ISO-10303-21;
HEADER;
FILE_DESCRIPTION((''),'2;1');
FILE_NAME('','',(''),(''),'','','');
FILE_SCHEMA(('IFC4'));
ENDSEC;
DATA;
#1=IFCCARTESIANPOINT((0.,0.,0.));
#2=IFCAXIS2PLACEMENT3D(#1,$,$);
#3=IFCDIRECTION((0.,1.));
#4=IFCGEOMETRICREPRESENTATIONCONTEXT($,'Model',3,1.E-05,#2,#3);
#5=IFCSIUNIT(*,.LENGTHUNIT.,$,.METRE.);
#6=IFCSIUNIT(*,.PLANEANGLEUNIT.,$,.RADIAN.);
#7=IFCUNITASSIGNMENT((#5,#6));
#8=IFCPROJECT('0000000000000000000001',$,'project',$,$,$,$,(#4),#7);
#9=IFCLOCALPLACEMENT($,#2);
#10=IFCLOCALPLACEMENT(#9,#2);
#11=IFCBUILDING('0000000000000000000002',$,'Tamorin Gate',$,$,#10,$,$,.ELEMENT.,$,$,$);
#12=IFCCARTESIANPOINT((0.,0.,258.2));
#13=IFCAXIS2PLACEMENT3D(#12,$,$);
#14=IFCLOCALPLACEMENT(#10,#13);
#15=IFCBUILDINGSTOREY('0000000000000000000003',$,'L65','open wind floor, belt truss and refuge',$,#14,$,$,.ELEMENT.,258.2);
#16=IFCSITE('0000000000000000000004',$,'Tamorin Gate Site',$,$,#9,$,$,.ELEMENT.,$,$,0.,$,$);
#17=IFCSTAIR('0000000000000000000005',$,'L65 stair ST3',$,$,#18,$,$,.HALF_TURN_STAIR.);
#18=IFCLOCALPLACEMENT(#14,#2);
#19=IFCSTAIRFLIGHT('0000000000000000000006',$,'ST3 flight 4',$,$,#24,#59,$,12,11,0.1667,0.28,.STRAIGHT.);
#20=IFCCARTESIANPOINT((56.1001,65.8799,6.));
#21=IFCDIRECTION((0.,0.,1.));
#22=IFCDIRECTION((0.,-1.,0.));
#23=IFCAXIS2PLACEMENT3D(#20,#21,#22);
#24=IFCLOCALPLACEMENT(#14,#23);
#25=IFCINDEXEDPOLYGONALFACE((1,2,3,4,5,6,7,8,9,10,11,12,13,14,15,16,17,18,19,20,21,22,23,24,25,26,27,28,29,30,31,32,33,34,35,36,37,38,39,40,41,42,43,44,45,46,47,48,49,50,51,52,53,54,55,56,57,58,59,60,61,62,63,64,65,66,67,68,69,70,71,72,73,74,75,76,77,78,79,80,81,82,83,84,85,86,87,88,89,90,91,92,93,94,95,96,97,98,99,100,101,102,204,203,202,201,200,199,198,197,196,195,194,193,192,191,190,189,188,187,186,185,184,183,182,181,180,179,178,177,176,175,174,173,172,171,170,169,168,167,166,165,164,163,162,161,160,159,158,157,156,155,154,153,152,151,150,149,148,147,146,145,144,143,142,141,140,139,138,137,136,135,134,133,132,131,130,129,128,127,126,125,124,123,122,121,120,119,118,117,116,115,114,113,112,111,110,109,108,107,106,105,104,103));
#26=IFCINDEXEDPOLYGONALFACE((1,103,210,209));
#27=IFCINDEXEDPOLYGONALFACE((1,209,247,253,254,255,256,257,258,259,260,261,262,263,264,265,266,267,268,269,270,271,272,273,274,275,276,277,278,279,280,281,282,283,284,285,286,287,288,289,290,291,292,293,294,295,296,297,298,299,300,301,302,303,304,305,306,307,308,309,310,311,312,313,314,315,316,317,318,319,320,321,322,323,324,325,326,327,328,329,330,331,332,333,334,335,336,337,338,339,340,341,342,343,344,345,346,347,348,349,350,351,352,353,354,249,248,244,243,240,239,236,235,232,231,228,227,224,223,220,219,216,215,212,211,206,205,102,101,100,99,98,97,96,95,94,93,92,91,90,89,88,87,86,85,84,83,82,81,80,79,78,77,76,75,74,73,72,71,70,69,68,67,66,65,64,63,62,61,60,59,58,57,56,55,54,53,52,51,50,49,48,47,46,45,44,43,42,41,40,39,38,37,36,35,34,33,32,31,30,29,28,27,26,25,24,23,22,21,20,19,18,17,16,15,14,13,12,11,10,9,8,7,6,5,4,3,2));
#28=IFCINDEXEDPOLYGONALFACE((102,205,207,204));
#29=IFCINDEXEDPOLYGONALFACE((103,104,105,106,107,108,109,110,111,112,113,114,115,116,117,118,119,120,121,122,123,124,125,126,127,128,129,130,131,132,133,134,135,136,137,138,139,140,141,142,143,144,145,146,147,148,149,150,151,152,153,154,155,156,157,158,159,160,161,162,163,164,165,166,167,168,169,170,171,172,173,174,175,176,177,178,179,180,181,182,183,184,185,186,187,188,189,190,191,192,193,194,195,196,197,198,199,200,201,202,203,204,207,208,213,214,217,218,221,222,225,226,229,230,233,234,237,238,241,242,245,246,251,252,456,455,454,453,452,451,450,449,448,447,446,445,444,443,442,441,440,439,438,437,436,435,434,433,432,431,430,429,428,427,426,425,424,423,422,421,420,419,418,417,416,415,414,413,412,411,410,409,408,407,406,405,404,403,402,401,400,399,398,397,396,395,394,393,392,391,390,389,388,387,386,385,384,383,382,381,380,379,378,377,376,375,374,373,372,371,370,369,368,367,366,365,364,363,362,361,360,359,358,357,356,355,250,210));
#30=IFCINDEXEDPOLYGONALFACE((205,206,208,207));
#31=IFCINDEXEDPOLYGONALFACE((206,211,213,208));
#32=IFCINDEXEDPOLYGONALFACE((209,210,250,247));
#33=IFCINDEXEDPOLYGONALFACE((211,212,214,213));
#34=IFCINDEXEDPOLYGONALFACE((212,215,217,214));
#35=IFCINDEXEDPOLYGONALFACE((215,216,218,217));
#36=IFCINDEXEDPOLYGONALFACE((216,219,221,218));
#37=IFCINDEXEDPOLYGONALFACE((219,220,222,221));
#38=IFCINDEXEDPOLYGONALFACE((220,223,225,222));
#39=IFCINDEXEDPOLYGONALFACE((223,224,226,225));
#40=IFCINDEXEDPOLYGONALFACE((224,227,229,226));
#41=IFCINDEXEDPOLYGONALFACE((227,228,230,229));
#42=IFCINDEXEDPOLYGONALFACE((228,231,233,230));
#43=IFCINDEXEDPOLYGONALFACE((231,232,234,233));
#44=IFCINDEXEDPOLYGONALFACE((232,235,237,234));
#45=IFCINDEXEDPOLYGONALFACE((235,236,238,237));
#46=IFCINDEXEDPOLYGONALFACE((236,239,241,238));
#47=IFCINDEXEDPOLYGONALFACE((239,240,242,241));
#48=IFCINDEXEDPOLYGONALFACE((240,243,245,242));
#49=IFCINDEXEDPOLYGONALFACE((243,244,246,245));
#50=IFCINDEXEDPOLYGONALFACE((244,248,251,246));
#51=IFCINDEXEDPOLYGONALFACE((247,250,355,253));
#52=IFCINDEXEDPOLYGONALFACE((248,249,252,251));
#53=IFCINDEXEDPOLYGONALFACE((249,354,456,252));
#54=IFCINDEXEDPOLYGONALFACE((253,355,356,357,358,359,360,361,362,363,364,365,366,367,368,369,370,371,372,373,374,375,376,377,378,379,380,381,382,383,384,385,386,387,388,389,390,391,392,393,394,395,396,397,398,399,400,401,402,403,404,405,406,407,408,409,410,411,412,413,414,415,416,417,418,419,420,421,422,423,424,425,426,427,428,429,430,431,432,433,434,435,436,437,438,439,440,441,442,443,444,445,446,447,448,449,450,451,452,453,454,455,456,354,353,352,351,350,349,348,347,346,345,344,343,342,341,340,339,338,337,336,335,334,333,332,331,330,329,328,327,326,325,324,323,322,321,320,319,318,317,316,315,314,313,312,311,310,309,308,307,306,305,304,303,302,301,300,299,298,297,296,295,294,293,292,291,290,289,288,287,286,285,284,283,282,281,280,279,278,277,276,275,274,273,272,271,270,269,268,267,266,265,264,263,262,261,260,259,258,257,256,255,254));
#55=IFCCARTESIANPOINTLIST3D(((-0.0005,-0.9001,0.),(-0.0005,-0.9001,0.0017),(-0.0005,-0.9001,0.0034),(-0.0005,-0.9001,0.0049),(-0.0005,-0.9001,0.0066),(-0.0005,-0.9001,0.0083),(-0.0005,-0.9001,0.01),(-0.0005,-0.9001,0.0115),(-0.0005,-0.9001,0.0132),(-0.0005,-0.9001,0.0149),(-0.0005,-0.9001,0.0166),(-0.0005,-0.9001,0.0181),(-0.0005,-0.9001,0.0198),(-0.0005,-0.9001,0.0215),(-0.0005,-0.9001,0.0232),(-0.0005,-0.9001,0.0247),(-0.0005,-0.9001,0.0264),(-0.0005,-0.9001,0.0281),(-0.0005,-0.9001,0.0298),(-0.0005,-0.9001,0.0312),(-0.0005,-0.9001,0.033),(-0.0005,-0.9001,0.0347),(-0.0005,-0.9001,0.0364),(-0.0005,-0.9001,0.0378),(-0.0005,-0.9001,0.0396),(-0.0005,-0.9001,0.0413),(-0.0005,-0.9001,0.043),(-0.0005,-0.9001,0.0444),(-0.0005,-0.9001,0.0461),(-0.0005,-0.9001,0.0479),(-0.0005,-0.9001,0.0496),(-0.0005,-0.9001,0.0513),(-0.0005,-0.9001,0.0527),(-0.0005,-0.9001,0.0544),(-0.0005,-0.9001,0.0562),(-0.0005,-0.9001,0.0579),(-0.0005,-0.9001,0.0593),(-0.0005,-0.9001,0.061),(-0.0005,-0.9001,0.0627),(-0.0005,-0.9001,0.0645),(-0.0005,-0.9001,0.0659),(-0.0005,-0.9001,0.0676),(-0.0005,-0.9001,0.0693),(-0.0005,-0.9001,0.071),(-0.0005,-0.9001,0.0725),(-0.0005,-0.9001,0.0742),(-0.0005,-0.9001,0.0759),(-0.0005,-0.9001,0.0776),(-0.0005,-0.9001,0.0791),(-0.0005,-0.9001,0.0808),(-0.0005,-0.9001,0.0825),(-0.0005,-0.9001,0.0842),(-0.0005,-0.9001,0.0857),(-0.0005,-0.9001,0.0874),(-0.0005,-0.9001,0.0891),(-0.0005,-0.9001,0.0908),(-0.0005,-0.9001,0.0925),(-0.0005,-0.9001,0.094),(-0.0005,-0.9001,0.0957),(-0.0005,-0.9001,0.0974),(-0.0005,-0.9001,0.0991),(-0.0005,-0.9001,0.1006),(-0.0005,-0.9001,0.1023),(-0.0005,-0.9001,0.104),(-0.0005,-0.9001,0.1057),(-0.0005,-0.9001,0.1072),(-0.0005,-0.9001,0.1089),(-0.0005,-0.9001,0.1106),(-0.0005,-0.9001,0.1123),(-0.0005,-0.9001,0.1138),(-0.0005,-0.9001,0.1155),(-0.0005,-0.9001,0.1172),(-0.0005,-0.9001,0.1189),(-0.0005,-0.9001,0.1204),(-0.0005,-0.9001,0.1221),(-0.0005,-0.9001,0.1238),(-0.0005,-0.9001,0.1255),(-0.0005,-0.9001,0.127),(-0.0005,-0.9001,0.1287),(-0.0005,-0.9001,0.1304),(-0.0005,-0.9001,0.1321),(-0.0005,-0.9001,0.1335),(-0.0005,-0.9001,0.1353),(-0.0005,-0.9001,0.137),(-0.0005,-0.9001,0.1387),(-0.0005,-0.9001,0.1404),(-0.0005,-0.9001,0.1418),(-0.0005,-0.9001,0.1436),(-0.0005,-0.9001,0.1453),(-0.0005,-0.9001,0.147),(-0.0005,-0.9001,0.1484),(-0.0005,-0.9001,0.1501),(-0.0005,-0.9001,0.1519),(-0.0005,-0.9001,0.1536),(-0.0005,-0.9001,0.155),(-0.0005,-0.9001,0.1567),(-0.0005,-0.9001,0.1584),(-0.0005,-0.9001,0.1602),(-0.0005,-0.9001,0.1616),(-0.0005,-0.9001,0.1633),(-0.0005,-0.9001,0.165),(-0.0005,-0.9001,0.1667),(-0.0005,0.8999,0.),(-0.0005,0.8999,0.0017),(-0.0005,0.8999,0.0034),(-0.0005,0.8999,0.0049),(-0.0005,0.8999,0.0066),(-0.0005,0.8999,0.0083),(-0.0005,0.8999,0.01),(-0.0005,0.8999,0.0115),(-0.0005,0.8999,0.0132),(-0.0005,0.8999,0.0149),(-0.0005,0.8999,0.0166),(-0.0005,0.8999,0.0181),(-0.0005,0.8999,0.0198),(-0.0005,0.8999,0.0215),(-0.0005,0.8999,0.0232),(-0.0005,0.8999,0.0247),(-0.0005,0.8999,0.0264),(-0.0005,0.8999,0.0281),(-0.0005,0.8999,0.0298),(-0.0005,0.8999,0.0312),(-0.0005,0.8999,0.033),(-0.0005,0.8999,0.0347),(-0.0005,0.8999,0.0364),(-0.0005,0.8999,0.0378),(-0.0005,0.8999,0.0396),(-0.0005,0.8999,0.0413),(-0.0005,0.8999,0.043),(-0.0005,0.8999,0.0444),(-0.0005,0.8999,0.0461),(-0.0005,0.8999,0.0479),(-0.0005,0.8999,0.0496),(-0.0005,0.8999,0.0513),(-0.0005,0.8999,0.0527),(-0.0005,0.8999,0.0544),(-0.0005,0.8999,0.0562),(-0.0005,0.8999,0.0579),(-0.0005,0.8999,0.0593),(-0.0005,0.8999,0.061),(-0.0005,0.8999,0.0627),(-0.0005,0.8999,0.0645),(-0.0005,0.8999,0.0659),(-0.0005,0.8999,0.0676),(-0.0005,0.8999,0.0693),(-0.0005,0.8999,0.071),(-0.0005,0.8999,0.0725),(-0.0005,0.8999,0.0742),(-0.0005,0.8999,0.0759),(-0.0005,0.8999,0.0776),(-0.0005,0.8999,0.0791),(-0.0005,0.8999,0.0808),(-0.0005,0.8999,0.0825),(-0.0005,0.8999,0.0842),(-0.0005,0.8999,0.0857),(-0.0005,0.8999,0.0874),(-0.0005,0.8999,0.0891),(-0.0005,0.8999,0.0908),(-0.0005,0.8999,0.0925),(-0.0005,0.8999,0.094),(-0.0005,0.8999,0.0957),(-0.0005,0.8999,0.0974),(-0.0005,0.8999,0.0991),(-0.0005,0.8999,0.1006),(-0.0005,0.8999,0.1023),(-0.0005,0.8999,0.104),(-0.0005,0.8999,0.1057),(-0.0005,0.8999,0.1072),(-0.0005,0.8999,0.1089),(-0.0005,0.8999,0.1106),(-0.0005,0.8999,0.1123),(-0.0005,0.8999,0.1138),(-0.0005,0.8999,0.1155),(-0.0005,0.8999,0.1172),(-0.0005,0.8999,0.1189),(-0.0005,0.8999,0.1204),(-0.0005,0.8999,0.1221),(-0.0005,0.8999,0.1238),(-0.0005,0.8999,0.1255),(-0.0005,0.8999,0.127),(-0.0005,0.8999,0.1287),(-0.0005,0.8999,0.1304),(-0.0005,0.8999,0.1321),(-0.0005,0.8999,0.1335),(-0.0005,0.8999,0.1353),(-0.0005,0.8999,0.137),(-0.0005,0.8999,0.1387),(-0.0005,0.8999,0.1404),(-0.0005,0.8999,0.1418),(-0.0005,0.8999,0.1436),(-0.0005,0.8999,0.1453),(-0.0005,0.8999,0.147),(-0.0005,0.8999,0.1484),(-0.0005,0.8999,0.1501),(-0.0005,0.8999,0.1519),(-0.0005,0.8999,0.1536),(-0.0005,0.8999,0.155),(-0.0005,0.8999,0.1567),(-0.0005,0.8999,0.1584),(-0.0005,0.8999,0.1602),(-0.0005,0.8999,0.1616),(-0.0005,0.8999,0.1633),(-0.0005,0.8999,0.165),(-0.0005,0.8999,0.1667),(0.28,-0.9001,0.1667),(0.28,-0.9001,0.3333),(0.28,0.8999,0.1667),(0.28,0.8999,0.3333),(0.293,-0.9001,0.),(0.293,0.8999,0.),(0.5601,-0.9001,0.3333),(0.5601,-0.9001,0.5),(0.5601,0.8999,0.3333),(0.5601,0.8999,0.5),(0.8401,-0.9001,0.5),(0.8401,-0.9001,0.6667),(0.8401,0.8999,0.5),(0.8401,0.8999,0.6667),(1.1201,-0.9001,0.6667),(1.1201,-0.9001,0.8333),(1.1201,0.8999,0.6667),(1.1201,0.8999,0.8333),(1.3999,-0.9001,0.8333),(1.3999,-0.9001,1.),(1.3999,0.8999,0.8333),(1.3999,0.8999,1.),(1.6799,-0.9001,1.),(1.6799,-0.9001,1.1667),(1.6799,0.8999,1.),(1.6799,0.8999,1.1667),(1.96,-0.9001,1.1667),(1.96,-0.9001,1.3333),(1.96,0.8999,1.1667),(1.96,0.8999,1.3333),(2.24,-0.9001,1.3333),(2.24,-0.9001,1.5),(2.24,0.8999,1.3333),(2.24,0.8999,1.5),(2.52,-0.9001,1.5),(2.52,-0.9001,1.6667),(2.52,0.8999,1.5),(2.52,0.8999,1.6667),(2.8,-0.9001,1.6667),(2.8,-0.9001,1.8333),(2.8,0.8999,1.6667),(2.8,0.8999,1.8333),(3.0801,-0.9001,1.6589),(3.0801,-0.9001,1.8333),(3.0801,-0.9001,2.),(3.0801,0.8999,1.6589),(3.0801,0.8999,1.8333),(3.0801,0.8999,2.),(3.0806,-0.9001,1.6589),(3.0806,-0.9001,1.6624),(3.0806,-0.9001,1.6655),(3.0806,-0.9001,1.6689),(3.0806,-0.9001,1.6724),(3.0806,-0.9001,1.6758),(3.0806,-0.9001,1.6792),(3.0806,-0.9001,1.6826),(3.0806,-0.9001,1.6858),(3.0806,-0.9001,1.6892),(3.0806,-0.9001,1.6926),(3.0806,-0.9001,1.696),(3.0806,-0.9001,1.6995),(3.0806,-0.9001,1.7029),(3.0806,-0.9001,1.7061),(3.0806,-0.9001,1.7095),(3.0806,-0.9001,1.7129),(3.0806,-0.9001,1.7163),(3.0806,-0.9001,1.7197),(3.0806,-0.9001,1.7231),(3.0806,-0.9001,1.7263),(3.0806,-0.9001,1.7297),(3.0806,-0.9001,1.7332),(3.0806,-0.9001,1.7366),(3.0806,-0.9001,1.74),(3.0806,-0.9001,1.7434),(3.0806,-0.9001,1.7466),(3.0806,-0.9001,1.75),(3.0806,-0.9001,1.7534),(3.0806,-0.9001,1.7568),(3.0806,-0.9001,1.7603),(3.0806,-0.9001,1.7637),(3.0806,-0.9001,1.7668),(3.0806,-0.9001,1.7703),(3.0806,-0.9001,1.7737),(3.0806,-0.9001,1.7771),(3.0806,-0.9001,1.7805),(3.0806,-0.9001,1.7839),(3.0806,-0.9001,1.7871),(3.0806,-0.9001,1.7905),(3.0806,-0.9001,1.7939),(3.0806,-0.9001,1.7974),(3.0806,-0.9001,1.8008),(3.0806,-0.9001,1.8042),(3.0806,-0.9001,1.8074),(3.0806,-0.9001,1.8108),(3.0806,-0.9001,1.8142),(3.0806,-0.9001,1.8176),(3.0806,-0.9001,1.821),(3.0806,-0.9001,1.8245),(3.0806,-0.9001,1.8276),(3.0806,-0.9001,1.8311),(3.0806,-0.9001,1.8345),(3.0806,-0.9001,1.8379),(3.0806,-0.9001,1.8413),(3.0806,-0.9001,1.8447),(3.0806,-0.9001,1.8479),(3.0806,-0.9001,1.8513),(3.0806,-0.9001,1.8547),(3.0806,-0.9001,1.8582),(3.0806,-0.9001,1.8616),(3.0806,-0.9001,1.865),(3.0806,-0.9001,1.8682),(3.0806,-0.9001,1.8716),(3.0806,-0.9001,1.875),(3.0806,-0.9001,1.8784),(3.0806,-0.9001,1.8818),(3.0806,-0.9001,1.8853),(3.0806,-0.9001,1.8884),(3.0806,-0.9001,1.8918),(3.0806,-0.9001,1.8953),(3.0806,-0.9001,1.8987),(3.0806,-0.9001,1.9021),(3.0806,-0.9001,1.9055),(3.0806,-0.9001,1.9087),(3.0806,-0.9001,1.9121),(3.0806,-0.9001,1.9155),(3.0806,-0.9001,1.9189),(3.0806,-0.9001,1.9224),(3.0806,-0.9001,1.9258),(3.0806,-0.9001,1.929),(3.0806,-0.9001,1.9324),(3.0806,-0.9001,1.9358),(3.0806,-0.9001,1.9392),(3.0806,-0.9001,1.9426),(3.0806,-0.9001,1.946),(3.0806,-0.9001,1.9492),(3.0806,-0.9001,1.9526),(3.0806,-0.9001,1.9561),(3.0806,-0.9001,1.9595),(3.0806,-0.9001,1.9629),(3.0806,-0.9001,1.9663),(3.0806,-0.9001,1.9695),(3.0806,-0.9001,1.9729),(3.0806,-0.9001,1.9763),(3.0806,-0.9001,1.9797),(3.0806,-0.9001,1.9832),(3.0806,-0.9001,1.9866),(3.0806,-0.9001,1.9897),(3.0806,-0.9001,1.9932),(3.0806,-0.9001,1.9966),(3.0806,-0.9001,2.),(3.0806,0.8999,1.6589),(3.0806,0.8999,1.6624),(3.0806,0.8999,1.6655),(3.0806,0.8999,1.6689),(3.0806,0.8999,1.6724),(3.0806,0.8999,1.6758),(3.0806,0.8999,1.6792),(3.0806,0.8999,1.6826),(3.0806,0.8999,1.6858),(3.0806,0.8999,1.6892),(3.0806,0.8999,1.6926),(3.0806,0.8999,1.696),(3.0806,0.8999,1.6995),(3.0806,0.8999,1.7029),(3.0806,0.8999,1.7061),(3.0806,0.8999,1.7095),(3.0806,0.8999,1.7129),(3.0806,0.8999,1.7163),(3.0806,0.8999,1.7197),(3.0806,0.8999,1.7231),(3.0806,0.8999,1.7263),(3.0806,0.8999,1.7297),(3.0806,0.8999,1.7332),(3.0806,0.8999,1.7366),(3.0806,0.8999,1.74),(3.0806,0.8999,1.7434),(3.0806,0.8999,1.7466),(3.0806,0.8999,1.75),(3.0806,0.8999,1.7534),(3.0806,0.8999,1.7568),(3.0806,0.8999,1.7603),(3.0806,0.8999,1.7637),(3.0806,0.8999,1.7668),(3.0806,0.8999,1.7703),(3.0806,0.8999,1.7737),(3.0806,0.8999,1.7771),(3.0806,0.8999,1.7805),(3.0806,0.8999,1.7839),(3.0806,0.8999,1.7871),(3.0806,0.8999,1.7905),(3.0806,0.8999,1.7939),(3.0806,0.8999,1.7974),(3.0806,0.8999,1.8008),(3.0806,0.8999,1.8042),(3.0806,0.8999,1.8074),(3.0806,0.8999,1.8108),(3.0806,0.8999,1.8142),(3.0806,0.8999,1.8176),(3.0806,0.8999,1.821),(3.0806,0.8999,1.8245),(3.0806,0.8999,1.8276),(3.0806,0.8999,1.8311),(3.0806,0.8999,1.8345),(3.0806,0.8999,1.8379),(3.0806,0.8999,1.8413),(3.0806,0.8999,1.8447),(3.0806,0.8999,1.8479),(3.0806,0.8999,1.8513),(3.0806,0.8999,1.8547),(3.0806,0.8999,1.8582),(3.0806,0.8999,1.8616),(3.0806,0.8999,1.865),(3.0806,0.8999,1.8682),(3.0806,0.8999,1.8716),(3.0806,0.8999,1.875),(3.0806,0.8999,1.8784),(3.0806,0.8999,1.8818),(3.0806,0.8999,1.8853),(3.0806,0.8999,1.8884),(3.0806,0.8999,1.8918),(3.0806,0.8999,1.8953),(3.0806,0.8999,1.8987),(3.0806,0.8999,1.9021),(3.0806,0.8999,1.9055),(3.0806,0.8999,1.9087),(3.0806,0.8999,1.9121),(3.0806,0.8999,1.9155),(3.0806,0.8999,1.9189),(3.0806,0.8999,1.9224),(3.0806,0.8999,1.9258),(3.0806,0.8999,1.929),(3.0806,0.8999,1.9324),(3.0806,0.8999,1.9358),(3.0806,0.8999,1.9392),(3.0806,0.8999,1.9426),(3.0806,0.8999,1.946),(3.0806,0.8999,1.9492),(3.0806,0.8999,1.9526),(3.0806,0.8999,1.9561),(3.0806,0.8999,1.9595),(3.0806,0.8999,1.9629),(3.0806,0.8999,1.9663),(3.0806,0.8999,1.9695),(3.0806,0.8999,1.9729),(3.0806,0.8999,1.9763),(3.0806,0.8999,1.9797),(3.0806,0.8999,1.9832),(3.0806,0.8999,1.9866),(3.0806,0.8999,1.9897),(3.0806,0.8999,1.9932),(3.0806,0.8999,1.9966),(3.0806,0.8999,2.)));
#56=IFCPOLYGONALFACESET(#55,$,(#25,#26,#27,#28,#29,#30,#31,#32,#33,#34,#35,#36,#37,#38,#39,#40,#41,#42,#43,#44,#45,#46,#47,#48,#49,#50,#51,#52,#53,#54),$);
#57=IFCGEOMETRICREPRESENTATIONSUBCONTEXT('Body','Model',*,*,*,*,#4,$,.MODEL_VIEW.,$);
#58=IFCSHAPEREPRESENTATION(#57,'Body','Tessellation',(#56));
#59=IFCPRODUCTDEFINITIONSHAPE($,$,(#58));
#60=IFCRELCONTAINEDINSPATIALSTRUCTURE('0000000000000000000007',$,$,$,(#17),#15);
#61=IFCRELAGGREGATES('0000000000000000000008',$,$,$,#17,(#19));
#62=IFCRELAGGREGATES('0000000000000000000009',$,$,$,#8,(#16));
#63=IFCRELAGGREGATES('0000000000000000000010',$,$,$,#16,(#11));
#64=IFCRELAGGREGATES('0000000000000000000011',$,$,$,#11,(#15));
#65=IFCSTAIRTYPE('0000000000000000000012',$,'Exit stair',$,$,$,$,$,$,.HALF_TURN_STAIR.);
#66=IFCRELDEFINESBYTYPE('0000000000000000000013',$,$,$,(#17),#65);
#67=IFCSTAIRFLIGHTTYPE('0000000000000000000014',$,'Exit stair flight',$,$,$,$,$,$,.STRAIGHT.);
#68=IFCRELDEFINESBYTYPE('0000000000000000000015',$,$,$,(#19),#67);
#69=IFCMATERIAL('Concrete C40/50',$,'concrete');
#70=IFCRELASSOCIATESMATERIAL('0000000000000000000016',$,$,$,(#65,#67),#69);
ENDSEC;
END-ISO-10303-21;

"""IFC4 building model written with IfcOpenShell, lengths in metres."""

from ifc_helpers import new_model, si_unit, direction, frame, origin, place, context, subcontext, project, spatial, polyline, outline, extrude, material, type_object, element, aggregate, save


model = new_model("IFC4")

# Units and contexts
model_context = context("Model", 3, precision=1e-05, world=origin(), true_north=direction((0.0, 1.0)))
body_context = subcontext(model_context, "Body", "Model", "MODEL_VIEW")
ifc_project = project(units=[si_unit("LENGTHUNIT", "METRE"), si_unit("PLANEANGLEUNIT", "RADIAN")], contexts=[model_context])

# Site, building, storey
site_placement = place(None, origin())
site = spatial("IfcSite", under=ifc_project, at=site_placement, Name="Tamorin Gate Site", CompositionType="ELEMENT", RefElevation=0.0)
building_placement = place(site_placement, origin())
building = spatial("IfcBuilding", under=site, at=building_placement, Name="Tamorin Gate", CompositionType="ELEMENT")
storey_placement = place(building_placement, frame((0.0, 0.0, 258.2)))
storey = spatial("IfcBuildingStorey", under=building, at=storey_placement, Name="L65", Description="open wind floor, belt truss and refuge", CompositionType="ELEMENT", Elevation=258.2)

# Stair, stair flight
ifc_material_1 = material(Name="Concrete C40/50", Category="concrete")
stair_type = type_object("IfcStairType", Name="Exit stair", PredefinedType="HALF_TURN_STAIR", material=ifc_material_1)
stair_placement = place(storey_placement, origin())
stair = element("IfcStair", 1, at=stair_placement, inside=storey, type_object=stair_type, Name="L65 stair ST3", PredefinedType="HALF_TURN_STAIR")
stair_flight_type = type_object("IfcStairFlightType", Name="Exit stair flight", PredefinedType="STRAIGHT", material=ifc_material_1)
stair_flight_placement = place(storey_placement, frame((56.1001, 65.8799, 6.0), z_axis=(0.0, 0.0, 1.0), x_axis=(0.0, -1.0, 0.0)))
stair_flight = element("IfcStairFlight", 2, at=stair_flight_placement, type_object=stair_flight_type, Name="ST3 flight 4", NumberOfRisers=12, NumberOfTreads=11, PredefinedType="STRAIGHT", RiserHeight=0.1667, TreadLength=0.28, context=body_context, shape_type="SweptSolid", body=[
    extrude(outline(polyline([(-0.0005, 0.0), (-0.0005, 0.0017), (-0.0005, 0.0034), (-0.0005, 0.0049), (-0.0005, 0.0066), (-0.0005, 0.0083), (-0.0005, 0.01), (-0.0005, 0.0115), (-0.0005, 0.0132), (-0.0005, 0.0149), (-0.0005, 0.0166), (-0.0005, 0.0181), (-0.0005, 0.0198), (-0.0005, 0.0215), (-0.0005, 0.0232), (-0.0005, 0.0247), (-0.0005, 0.0264), (-0.0005, 0.0281), (-0.0005, 0.0298), (-0.0005, 0.0312), (-0.0005, 0.033), (-0.0005, 0.0347), (-0.0005, 0.0364), (-0.0005, 0.0378), (-0.0005, 0.0396), (-0.0005, 0.0413), (-0.0005, 0.043), (-0.0005, 0.0444), (-0.0005, 0.0461), (-0.0005, 0.0479), (-0.0005, 0.0496), (-0.0005, 0.0513), (-0.0005, 0.0527), (-0.0005, 0.0544), (-0.0005, 0.0562), (-0.0005, 0.0579), (-0.0005, 0.0593), (-0.0005, 0.061), (-0.0005, 0.0627), (-0.0005, 0.0645), (-0.0005, 0.0659), (-0.0005, 0.0676), (-0.0005, 0.0693), (-0.0005, 0.071), (-0.0005, 0.0725), (-0.0005, 0.0742), (-0.0005, 0.0759), (-0.0005, 0.0776), (-0.0005, 0.0791), (-0.0005, 0.0808), (-0.0005, 0.0825), (-0.0005, 0.0842), (-0.0005, 0.0857), (-0.0005, 0.0874), (-0.0005, 0.0891), (-0.0005, 0.0908), (-0.0005, 0.0925), (-0.0005, 0.094), (-0.0005, 0.0957), (-0.0005, 0.0974), (-0.0005, 0.0991), (-0.0005, 0.1006), (-0.0005, 0.1023), (-0.0005, 0.104), (-0.0005, 0.1057), (-0.0005, 0.1072), (-0.0005, 0.1089), (-0.0005, 0.1106), (-0.0005, 0.1123), (-0.0005, 0.1138), (-0.0005, 0.1155), (-0.0005, 0.1172), (-0.0005, 0.1189), (-0.0005, 0.1204), (-0.0005, 0.1221), (-0.0005, 0.1238), (-0.0005, 0.1255), (-0.0005, 0.127), (-0.0005, 0.1287), (-0.0005, 0.1304), (-0.0005, 0.1321), (-0.0005, 0.1335), (-0.0005, 0.1353), (-0.0005, 0.137), (-0.0005, 0.1387), (-0.0005, 0.1404), (-0.0005, 0.1418), (-0.0005, 0.1436), (-0.0005, 0.1453), (-0.0005, 0.147), (-0.0005, 0.1484), (-0.0005, 0.1501), (-0.0005, 0.1519), (-0.0005, 0.1536), (-0.0005, 0.155), (-0.0005, 0.1567), (-0.0005, 0.1584), (-0.0005, 0.1602), (-0.0005, 0.1616), (-0.0005, 0.1633), (-0.0005, 0.165), (-0.0005, 0.1667), (0.28, 0.1667), (0.28, 0.3333), (0.5601, 0.3333), (0.5601, 0.5), (0.8401, 0.5), (0.8401, 0.6667), (1.1201, 0.6667), (1.1201, 0.8333), (1.3999, 0.8333), (1.3999, 1.0), (1.6799, 1.0), (1.6799, 1.1667), (1.96, 1.1667), (1.96, 1.3333), (2.24, 1.3333), (2.24, 1.5), (2.52, 1.5), (2.52, 1.6667), (2.8, 1.6667), (2.8, 1.8333), (3.0801, 1.8333), (3.0801, 2.0), (3.0806, 2.0), (3.0806, 1.9966), (3.0806, 1.9932), (3.0806, 1.9897), (3.0806, 1.9866), (3.0806, 1.9832), (3.0806, 1.9797), (3.0806, 1.9763), (3.0806, 1.9729), (3.0806, 1.9695), (3.0806, 1.9663), (3.0806, 1.9629), (3.0806, 1.9595), (3.0806, 1.9561), (3.0806, 1.9526), (3.0806, 1.9492), (3.0806, 1.946), (3.0806, 1.9426), (3.0806, 1.9392), (3.0806, 1.9358), (3.0806, 1.9324), (3.0806, 1.929), (3.0806, 1.9258), (3.0806, 1.9224), (3.0806, 1.9189), (3.0806, 1.9155), (3.0806, 1.9121), (3.0806, 1.9087), (3.0806, 1.9055), (3.0806, 1.9021), (3.0806, 1.8987), (3.0806, 1.8953), (3.0806, 1.8918), (3.0806, 1.8884), (3.0806, 1.8853), (3.0806, 1.8818), (3.0806, 1.8784), (3.0806, 1.875), (3.0806, 1.8716), (3.0806, 1.8682), (3.0806, 1.865), (3.0806, 1.8616), (3.0806, 1.8582), (3.0806, 1.8547), (3.0806, 1.8513), (3.0806, 1.8479), (3.0806, 1.8447), (3.0806, 1.8413), (3.0806, 1.8379), (3.0806, 1.8345), (3.0806, 1.8311), (3.0806, 1.8276), (3.0806, 1.8245), (3.0806, 1.821), (3.0806, 1.8176), (3.0806, 1.8142), (3.0806, 1.8108), (3.0806, 1.8074), (3.0806, 1.8042), (3.0806, 1.8008), (3.0806, 1.7974), (3.0806, 1.7939), (3.0806, 1.7905), (3.0806, 1.7871), (3.0806, 1.7839), (3.0806, 1.7805), (3.0806, 1.7771), (3.0806, 1.7737), (3.0806, 1.7703), (3.0806, 1.7668), (3.0806, 1.7637), (3.0806, 1.7603), (3.0806, 1.7568), (3.0806, 1.7534), (3.0806, 1.75), (3.0806, 1.7466), (3.0806, 1.7434), (3.0806, 1.74), (3.0806, 1.7366), (3.0806, 1.7332), (3.0806, 1.7297), (3.0806, 1.7263), (3.0806, 1.7231), (3.0806, 1.7197), (3.0806, 1.7163), (3.0806, 1.7129), (3.0806, 1.7095), (3.0806, 1.7061), (3.0806, 1.7029), (3.0806, 1.6995), (3.0806, 1.696), (3.0806, 1.6926), (3.0806, 1.6892), (3.0806, 1.6858), (3.0806, 1.6826), (3.0806, 1.6792), (3.0806, 1.6758), (3.0806, 1.6724), (3.0806, 1.6689), (3.0806, 1.6655), (3.0806, 1.6624), (3.0806, 1.6589), (3.0801, 1.6589), (0.293, 0.0), (-0.0005, 0.0)])), frame((0.0, 0.8999, 0.0), z_axis=(0.0, -1.0, 0.0), x_axis=(1.0, 0.0, 0.0)), (0.0, 0.0, 1.0), 1.8),
])
aggregate(stair, [stair_flight])

save(model, "model.ifc")
